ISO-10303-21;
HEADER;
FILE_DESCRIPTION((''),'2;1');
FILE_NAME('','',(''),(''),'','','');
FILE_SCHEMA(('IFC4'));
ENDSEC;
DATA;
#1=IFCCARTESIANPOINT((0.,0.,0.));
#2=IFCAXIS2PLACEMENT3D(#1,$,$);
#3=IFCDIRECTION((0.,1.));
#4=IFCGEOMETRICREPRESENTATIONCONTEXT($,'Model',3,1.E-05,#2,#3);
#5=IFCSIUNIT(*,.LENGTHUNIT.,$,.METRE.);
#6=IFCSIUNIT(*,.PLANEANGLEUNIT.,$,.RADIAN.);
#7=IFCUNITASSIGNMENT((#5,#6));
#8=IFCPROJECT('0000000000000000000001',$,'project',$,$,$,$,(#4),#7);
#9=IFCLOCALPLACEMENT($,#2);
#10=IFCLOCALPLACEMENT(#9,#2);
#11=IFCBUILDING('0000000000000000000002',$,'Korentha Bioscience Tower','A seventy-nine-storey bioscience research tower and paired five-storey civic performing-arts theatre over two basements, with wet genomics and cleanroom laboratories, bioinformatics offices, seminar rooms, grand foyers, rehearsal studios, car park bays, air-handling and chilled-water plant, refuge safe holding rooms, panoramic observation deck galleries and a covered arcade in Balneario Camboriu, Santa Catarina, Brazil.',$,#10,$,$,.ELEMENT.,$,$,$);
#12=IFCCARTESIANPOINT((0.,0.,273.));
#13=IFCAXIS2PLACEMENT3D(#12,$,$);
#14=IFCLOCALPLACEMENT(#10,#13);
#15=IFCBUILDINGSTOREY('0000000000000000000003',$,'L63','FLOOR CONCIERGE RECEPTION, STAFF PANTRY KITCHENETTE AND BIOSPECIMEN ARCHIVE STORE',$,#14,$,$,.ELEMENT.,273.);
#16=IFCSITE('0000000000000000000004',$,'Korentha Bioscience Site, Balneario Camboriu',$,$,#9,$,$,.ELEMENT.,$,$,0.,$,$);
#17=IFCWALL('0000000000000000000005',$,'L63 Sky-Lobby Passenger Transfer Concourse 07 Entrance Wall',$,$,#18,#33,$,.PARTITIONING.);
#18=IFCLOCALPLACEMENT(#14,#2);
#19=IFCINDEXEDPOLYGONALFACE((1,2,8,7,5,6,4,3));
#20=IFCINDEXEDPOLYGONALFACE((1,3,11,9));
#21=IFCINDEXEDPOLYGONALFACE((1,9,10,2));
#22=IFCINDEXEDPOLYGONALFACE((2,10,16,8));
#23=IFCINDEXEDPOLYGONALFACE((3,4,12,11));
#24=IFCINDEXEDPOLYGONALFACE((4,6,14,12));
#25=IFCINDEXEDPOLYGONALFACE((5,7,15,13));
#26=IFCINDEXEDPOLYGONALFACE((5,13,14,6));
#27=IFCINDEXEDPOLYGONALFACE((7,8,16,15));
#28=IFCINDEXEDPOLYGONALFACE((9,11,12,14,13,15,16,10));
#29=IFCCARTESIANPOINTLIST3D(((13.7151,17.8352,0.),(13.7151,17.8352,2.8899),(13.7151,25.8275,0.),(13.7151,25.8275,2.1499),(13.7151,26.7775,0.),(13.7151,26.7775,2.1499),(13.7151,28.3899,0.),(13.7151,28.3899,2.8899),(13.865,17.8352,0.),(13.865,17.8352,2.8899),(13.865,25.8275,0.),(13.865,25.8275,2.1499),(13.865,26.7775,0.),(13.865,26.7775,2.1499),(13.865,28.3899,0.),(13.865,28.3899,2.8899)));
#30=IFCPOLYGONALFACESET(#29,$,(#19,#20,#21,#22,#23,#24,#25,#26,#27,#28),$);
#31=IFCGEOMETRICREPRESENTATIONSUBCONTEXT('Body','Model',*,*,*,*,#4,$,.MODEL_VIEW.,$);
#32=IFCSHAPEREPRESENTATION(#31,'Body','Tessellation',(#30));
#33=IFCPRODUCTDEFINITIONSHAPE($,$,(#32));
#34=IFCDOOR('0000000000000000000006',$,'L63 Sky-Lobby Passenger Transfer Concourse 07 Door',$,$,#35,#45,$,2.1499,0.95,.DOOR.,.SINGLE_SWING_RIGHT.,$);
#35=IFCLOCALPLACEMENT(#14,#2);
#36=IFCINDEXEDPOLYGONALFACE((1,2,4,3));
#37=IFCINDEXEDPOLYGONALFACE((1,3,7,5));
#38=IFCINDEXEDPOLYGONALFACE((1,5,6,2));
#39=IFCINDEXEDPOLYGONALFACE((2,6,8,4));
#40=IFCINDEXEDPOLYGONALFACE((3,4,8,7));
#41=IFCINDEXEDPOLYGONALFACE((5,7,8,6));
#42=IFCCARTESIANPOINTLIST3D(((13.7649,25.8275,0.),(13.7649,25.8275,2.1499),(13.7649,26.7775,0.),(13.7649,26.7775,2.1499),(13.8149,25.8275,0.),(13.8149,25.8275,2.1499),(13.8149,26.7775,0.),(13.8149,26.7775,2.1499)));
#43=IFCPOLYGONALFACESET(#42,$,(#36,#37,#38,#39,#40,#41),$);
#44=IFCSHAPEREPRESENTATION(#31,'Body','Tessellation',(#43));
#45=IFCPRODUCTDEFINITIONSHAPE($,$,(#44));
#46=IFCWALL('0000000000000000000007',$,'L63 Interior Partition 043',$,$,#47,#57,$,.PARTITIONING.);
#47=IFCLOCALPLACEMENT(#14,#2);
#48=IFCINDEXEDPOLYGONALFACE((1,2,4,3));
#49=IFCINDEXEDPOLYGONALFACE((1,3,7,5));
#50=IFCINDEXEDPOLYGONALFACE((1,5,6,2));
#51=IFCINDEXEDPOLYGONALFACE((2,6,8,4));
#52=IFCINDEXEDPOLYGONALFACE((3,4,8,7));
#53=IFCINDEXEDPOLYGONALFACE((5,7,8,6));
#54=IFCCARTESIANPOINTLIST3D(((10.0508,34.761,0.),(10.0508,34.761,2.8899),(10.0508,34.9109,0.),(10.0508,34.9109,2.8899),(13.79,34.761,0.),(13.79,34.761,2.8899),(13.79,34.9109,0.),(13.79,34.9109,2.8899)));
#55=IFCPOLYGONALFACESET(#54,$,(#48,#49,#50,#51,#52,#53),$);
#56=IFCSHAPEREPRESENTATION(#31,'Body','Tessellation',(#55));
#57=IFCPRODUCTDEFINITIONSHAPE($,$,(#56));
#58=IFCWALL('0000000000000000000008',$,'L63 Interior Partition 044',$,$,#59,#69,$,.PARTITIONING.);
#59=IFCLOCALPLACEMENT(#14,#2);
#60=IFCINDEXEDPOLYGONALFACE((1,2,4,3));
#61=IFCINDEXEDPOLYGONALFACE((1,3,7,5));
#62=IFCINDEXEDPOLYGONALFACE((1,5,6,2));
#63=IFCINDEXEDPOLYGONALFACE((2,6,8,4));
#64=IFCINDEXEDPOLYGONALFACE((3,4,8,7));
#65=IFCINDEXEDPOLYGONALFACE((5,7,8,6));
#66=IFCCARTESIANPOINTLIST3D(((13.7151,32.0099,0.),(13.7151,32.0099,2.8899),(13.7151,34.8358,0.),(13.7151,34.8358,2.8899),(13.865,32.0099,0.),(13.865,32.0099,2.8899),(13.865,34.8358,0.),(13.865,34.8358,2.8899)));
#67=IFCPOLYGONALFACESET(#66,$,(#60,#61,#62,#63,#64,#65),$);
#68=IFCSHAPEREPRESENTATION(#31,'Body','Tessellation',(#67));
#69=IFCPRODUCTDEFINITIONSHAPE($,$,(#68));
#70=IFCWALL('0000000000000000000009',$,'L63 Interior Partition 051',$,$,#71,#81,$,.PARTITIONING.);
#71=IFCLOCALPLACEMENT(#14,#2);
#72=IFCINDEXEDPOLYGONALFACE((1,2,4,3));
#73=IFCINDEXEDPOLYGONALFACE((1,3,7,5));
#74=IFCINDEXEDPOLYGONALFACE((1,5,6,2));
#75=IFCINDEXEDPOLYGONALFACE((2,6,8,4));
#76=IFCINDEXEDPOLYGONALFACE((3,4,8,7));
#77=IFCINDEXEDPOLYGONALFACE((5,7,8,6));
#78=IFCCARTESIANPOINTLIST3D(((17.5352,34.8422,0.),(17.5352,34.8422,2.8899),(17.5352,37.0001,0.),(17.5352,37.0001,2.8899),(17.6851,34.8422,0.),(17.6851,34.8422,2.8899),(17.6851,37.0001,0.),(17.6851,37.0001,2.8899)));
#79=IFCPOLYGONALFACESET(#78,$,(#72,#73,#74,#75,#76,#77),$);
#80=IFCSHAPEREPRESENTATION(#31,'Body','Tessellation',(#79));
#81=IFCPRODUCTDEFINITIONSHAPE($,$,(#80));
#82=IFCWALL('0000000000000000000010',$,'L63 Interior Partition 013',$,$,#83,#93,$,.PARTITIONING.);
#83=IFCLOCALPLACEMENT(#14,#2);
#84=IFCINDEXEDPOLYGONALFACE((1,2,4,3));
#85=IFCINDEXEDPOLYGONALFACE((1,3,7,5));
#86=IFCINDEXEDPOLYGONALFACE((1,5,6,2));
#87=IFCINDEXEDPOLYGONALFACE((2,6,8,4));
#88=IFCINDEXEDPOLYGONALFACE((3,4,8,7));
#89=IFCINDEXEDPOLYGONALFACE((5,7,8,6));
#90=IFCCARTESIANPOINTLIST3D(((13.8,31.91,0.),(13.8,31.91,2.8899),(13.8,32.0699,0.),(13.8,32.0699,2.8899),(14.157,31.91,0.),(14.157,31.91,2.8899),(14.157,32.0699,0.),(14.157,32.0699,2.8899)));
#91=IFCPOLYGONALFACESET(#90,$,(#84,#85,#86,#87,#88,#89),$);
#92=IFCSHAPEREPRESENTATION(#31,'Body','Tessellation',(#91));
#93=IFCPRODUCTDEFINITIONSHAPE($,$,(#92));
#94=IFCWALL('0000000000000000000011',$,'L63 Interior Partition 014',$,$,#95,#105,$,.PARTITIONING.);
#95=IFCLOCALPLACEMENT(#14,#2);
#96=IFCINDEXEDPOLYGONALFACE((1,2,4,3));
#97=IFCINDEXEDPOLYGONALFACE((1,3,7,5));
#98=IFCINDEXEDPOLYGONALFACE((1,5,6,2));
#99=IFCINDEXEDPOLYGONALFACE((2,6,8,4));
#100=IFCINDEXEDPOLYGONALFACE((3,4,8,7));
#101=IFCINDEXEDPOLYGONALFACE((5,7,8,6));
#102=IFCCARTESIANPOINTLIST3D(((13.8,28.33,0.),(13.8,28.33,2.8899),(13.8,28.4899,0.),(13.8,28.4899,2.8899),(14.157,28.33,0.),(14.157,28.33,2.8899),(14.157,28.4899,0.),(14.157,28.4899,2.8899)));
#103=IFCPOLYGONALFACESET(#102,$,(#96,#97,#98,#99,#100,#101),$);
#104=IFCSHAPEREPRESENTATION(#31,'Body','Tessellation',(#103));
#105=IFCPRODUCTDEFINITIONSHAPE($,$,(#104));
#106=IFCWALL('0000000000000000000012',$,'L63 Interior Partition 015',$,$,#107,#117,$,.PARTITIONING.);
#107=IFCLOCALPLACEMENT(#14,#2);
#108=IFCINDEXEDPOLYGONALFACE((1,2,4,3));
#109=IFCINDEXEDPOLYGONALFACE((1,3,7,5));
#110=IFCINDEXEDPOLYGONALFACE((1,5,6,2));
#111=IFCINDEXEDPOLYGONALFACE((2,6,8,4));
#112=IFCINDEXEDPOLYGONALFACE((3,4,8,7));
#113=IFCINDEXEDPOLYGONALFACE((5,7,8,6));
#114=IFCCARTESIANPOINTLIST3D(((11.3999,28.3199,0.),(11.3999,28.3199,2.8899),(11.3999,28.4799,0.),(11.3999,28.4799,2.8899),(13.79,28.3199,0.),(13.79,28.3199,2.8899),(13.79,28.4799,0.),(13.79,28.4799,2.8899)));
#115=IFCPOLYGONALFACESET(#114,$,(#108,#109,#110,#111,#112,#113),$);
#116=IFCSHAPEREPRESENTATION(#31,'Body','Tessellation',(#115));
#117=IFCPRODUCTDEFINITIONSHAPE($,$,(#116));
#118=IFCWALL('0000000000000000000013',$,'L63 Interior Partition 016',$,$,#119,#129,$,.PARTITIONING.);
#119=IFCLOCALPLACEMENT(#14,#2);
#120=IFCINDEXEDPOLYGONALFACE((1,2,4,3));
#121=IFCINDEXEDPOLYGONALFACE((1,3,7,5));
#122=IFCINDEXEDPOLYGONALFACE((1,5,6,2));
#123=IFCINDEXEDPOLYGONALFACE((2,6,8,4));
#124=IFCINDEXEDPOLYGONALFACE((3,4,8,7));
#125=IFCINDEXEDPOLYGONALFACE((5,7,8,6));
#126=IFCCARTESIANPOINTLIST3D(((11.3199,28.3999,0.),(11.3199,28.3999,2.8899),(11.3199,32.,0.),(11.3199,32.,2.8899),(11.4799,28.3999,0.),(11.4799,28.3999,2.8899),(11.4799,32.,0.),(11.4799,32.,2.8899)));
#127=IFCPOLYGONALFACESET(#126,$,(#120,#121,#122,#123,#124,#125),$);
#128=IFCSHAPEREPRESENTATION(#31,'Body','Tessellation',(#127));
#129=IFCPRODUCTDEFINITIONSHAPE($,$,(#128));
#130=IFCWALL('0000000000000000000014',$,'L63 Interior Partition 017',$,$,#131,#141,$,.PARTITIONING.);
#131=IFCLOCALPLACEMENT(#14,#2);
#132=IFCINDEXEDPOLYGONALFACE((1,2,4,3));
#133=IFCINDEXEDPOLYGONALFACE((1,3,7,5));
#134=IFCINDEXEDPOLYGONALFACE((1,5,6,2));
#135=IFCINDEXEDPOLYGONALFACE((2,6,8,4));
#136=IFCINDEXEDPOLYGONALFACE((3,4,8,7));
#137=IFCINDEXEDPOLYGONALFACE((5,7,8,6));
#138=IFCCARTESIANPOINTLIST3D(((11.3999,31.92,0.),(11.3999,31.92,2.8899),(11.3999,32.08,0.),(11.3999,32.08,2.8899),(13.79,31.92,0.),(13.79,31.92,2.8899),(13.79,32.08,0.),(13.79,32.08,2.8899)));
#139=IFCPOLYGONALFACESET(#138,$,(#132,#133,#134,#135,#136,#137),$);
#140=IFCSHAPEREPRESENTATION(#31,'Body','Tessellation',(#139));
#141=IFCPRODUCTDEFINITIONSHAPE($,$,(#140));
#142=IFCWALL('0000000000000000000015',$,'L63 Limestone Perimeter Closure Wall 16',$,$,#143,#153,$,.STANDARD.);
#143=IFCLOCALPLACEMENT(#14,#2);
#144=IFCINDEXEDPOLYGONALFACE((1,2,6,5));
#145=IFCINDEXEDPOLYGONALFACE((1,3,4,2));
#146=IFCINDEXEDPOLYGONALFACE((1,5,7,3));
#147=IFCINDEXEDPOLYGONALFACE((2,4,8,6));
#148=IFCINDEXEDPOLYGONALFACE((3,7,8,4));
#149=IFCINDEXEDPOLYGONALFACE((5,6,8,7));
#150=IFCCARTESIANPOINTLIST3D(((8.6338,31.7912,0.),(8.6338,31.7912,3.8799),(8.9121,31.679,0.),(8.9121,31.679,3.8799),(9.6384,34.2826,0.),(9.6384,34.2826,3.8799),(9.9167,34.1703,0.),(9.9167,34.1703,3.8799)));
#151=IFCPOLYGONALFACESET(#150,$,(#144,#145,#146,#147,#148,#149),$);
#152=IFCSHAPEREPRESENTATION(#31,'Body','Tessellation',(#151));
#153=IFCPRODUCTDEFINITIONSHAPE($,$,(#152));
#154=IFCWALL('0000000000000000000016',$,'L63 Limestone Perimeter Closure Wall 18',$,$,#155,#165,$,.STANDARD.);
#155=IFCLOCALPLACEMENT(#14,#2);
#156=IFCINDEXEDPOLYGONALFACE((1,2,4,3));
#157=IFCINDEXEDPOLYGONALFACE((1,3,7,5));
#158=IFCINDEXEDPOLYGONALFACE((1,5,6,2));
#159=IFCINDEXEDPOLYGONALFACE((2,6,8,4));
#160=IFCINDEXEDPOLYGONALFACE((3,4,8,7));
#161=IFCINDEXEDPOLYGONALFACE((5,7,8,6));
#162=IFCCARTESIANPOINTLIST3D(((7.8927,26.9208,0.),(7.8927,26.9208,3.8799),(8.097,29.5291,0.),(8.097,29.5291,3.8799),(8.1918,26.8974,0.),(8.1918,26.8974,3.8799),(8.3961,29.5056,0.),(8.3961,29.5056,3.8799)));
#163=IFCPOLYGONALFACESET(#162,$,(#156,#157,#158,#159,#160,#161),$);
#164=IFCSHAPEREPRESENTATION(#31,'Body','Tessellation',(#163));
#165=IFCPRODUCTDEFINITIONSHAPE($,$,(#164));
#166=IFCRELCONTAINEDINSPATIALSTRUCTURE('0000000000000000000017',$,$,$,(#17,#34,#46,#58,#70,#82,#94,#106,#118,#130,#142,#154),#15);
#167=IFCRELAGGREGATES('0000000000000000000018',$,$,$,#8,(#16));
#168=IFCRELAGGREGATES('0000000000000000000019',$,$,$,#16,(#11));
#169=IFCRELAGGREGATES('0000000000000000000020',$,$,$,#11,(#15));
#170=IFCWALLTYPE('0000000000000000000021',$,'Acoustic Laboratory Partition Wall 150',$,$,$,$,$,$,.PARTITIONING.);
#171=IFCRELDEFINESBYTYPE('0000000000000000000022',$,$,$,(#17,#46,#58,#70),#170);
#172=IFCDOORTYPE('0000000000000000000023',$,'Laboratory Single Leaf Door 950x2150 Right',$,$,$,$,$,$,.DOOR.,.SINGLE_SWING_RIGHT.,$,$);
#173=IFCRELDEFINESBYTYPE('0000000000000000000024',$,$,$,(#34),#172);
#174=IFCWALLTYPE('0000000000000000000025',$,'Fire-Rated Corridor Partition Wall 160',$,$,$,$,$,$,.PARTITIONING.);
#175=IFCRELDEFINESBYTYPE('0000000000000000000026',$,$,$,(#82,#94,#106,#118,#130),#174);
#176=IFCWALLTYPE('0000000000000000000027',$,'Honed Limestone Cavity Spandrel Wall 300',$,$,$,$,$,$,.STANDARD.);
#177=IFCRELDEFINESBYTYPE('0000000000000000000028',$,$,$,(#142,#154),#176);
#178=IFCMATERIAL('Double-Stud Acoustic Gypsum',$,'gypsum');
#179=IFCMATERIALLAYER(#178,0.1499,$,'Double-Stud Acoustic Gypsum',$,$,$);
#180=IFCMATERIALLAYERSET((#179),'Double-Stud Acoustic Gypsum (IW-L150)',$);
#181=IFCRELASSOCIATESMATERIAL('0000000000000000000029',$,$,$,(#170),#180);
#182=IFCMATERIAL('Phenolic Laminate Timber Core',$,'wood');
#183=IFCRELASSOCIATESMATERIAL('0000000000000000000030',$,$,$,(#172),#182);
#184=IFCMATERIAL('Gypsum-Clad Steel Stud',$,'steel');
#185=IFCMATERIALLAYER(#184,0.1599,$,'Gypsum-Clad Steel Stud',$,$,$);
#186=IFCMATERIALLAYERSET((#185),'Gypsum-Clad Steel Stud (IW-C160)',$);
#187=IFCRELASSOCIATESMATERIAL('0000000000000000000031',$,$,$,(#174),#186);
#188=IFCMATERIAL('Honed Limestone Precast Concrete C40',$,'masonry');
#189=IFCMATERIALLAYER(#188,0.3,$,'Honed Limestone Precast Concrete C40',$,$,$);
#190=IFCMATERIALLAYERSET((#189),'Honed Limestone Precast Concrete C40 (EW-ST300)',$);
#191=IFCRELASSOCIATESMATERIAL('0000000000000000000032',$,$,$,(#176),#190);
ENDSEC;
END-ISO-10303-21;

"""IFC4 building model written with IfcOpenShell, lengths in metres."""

from ifc_helpers import new_model, si_unit, direction, frame, frame_2d, origin, place, context, subcontext, project, spatial, rectangle, extrude, material, layer, layer_set, type_object, element, fill, save


model = new_model("IFC4")

# Units and contexts
model_context = context("Model", 3, precision=1e-05, world=origin(), true_north=direction((0.0, 1.0)))
body_context = subcontext(model_context, "Body", "Model", "MODEL_VIEW")
ifc_project = project(units=[si_unit("LENGTHUNIT", "METRE"), si_unit("PLANEANGLEUNIT", "RADIAN")], contexts=[model_context])

# Site, building, storey
site_placement = place(None, origin())
site = spatial("IfcSite", under=ifc_project, at=site_placement, Name="Korentha Bioscience Site, Balneario Camboriu", CompositionType="ELEMENT", RefElevation=0.0)
building_placement = place(site_placement, origin())
building = spatial("IfcBuilding", under=site, at=building_placement, Name="Korentha Bioscience Tower", Description="A seventy-nine-storey bioscience research tower and paired five-storey civic performing-arts theatre over two basements, with wet genomics and cleanroom laboratories, bioinformatics offices, seminar rooms, grand foyers, rehearsal studios, car park bays, air-handling and chilled-water plant, refuge safe holding rooms, panoramic observation deck galleries and a covered arcade in Balneario Camboriu, Santa Catarina, Brazil.", CompositionType="ELEMENT")
storey_placement = place(building_placement, frame((0.0, 0.0, 273.0)))
storey = spatial("IfcBuildingStorey", under=building, at=storey_placement, Name="L63", Description="FLOOR CONCIERGE RECEPTION, STAFF PANTRY KITCHENETTE AND BIOSPECIMEN ARCHIVE STORE", CompositionType="ELEMENT", Elevation=273.0)

# Wall, opening, door
ifc_material_1 = material(Name="Double-Stud Acoustic Gypsum", Category="gypsum")
ifc_layer_1 = layer(ifc_material_1, 0.1499, Name="Double-Stud Acoustic Gypsum")
ifc_layer_set_1 = layer_set([ifc_layer_1], Name="Double-Stud Acoustic Gypsum (IW-L150)")
wall_type_1 = type_object("IfcWallType", Name="Acoustic Laboratory Partition Wall 150", PredefinedType="PARTITIONING", material=ifc_layer_set_1)
wall_1_placement = place(storey_placement, frame((13.79, 28.3899, 0.0), z_axis=(0.0, 0.0, 1.0), x_axis=(0.0, -1.0, 0.0)))
wall_1 = element("IfcWall", 1, at=wall_1_placement, inside=storey, type_object=wall_type_1, Name="L63 Sky-Lobby Passenger Transfer Concourse 07 Entrance Wall", PredefinedType="PARTITIONING", context=body_context, shape_type="SweptSolid", body=[
    extrude(rectangle(XDim=10.5547, YDim=0.1499, at=frame_2d((5.2773, 0.0))), origin(), (0.0, 0.0, 1.0), 2.8899),
])
opening_1_placement = place(wall_1_placement, frame((1.6123, 0.0, 0.0)))
opening_1 = element("IfcOpeningElement", 2, at=opening_1_placement, cuts=wall_1, PredefinedType="OPENING", context=body_context, shape_type="SweptSolid", body=[
    extrude(rectangle(XDim=0.95, YDim=2.1499, at=frame_2d((0.4751, 1.075))), frame((0.0, 0.0898, 0.0), z_axis=(0.0, -1.0, 0.0), x_axis=(1.0, 0.0, 0.0)), (0.0, 0.0, 1.0), 0.1797),
])
ifc_material_2 = material(Name="Phenolic Laminate Timber Core", Category="wood")
door_type_1 = type_object("IfcDoorType", Name="Laboratory Single Leaf Door 950x2150 Right", OperationType="SINGLE_SWING_RIGHT", PredefinedType="DOOR", material=ifc_material_2)
door_1_placement = place(opening_1_placement, origin())
door_1 = element("IfcDoor", 3, at=door_1_placement, inside=storey, type_object=door_type_1, Name="L63 Sky-Lobby Passenger Transfer Concourse 07 Door", OperationType="SINGLE_SWING_RIGHT", OverallHeight=2.1499, OverallWidth=0.95, PredefinedType="DOOR", context=body_context, shape_type="SweptSolid", body=[
    extrude(rectangle(XDim=0.95, YDim=2.1499, at=frame_2d((0.4751, 1.075))), frame((0.0, 0.0249, 0.0), z_axis=(0.0, -1.0, 0.0), x_axis=(1.0, 0.0, 0.0)), (0.0, 0.0, 1.0), 0.05),
])
fill(opening_1, door_1)

# Walls
wall_2_placement = place(storey_placement, frame((10.0508, 34.8359, 0.0), z_axis=(0.0, 0.0, 1.0), x_axis=(1.0, 0.0, 0.0)))
element("IfcWall", 4, at=wall_2_placement, inside=storey, type_object=wall_type_1, Name="L63 Interior Partition 043", PredefinedType="PARTITIONING", context=body_context, shape_type="SweptSolid", body=[
    extrude(rectangle(XDim=3.7393, YDim=0.1499, at=frame_2d((1.8696, 0.0))), origin(), (0.0, 0.0, 1.0), 2.8899),
])
wall_3_placement = place(storey_placement, frame((13.79, 34.8359, 0.0), z_axis=(0.0, 0.0, 1.0), x_axis=(0.0, -1.0, 0.0)))
element("IfcWall", 5, at=wall_3_placement, inside=storey, type_object=wall_type_1, Name="L63 Interior Partition 044", PredefinedType="PARTITIONING", context=body_context, shape_type="SweptSolid", body=[
    extrude(rectangle(XDim=2.8259, YDim=0.1499, at=frame_2d((1.4131, 0.0))), origin(), (0.0, 0.0, 1.0), 2.8899),
])
wall_4_placement = place(storey_placement, frame((17.6101, 34.842, 0.0), z_axis=(0.0, 0.0, 1.0), x_axis=(0.0, 1.0, 0.0)))
element("IfcWall", 6, at=wall_4_placement, inside=storey, type_object=wall_type_1, Name="L63 Interior Partition 051", PredefinedType="PARTITIONING", context=body_context, shape_type="SweptSolid", body=[
    extrude(rectangle(XDim=2.158, YDim=0.1499, at=frame_2d((1.0791, 0.0))), origin(), (0.0, 0.0, 1.0), 2.8899),
])

# Shared definitions
ifc_material_3 = material(Name="Gypsum-Clad Steel Stud", Category="steel")
ifc_layer_2 = layer(ifc_material_3, 0.1599, Name="Gypsum-Clad Steel Stud")
ifc_layer_set_2 = layer_set([ifc_layer_2], Name="Gypsum-Clad Steel Stud (IW-C160)")
wall_type_2 = type_object("IfcWallType", Name="Fire-Rated Corridor Partition Wall 160", PredefinedType="PARTITIONING", material=ifc_layer_set_2)

# Walls
for number, where, z_axis, x_axis, name in (
    (7, (13.8, 31.99, 0.0), (0.0, 0.0, 1.0), (1.0, 0.0, 0.0), "L63 Interior Partition 013"),
    (8, (14.157, 28.4099, 0.0), (0.0, 0.0, 1.0), (-1.0, 0.0, 0.0), "L63 Interior Partition 014"),
):
    element("IfcWall", number, at=place(storey_placement, frame(where, z_axis=z_axis, x_axis=x_axis)), inside=storey, type_object=wall_type_2, Name=name, PredefinedType="PARTITIONING", context=body_context, shape_type="SweptSolid", body=[
        extrude(rectangle(XDim=0.3569, YDim=0.1599, at=frame_2d((0.1785, 0.0))), origin(), (0.0, 0.0, 1.0), 2.8899),
    ])
wall_5_placement = place(storey_placement, frame((13.79, 28.3999, 0.0), z_axis=(0.0, 0.0, 1.0), x_axis=(-1.0, 0.0, 0.0)))
element("IfcWall", 9, at=wall_5_placement, inside=storey, type_object=wall_type_2, Name="L63 Interior Partition 015", PredefinedType="PARTITIONING", context=body_context, shape_type="SweptSolid", body=[
    extrude(rectangle(XDim=2.3901, YDim=0.1599, at=frame_2d((1.1951, 0.0))), origin(), (0.0, 0.0, 1.0), 2.8899),
])
wall_6_placement = place(storey_placement, frame((11.3999, 28.3999, 0.0), z_axis=(0.0, 0.0, 1.0), x_axis=(0.0, 1.0, 0.0)))
element("IfcWall", 10, at=wall_6_placement, inside=storey, type_object=wall_type_2, Name="L63 Interior Partition 016", PredefinedType="PARTITIONING", context=body_context, shape_type="SweptSolid", body=[
    extrude(rectangle(XDim=3.6001, YDim=0.1599, at=frame_2d((1.8, 0.0))), origin(), (0.0, 0.0, 1.0), 2.8899),
])
wall_7_placement = place(storey_placement, frame((11.3999, 32.0, 0.0), z_axis=(0.0, 0.0, 1.0), x_axis=(1.0, 0.0, 0.0)))
element("IfcWall", 11, at=wall_7_placement, inside=storey, type_object=wall_type_2, Name="L63 Interior Partition 017", PredefinedType="PARTITIONING", context=body_context, shape_type="SweptSolid", body=[
    extrude(rectangle(XDim=2.3901, YDim=0.1599, at=frame_2d((1.1951, 0.0))), origin(), (0.0, 0.0, 1.0), 2.8899),
])

# Shared definitions
ifc_material_4 = material(Name="Honed Limestone Precast Concrete C40", Category="masonry")
ifc_layer_3 = layer(ifc_material_4, 0.3, Name="Honed Limestone Precast Concrete C40")
ifc_layer_set_3 = layer_set([ifc_layer_3], Name="Honed Limestone Precast Concrete C40 (EW-ST300)")
wall_type_3 = type_object("IfcWallType", Name="Honed Limestone Cavity Spandrel Wall 300", PredefinedType="STANDARD", material=ifc_layer_set_3)

# Walls
wall_8_placement = place(storey_placement, frame((9.7776, 34.2266, 0.0), z_axis=(0.0, 0.0, 1.0), x_axis=(-0.373975, -0.927439, 0.0)))
element("IfcWall", 12, at=wall_8_placement, inside=storey, type_object=wall_type_3, Name="L63 Limestone Perimeter Closure Wall 16", PredefinedType="STANDARD", context=body_context, shape_type="SweptSolid", body=[
    extrude(rectangle(XDim=2.6863, YDim=0.3, at=frame_2d((1.3433, 0.0))), origin(), (0.0, 0.0, 1.0), 3.8799),
])
wall_9_placement = place(storey_placement, frame((8.2466, 29.5173, 0.0), z_axis=(0.0, 0.0, 1.0), x_axis=(-0.078109, -0.996945, 0.0)))
element("IfcWall", 13, at=wall_9_placement, inside=storey, type_object=wall_type_3, Name="L63 Limestone Perimeter Closure Wall 18", PredefinedType="STANDARD", context=body_context, shape_type="SweptSolid", body=[
    extrude(rectangle(XDim=2.6162, YDim=0.3, at=frame_2d((1.3081, 0.0))), origin(), (0.0, 0.0, 1.0), 3.8799),
])

save(model, "model.ifc")
